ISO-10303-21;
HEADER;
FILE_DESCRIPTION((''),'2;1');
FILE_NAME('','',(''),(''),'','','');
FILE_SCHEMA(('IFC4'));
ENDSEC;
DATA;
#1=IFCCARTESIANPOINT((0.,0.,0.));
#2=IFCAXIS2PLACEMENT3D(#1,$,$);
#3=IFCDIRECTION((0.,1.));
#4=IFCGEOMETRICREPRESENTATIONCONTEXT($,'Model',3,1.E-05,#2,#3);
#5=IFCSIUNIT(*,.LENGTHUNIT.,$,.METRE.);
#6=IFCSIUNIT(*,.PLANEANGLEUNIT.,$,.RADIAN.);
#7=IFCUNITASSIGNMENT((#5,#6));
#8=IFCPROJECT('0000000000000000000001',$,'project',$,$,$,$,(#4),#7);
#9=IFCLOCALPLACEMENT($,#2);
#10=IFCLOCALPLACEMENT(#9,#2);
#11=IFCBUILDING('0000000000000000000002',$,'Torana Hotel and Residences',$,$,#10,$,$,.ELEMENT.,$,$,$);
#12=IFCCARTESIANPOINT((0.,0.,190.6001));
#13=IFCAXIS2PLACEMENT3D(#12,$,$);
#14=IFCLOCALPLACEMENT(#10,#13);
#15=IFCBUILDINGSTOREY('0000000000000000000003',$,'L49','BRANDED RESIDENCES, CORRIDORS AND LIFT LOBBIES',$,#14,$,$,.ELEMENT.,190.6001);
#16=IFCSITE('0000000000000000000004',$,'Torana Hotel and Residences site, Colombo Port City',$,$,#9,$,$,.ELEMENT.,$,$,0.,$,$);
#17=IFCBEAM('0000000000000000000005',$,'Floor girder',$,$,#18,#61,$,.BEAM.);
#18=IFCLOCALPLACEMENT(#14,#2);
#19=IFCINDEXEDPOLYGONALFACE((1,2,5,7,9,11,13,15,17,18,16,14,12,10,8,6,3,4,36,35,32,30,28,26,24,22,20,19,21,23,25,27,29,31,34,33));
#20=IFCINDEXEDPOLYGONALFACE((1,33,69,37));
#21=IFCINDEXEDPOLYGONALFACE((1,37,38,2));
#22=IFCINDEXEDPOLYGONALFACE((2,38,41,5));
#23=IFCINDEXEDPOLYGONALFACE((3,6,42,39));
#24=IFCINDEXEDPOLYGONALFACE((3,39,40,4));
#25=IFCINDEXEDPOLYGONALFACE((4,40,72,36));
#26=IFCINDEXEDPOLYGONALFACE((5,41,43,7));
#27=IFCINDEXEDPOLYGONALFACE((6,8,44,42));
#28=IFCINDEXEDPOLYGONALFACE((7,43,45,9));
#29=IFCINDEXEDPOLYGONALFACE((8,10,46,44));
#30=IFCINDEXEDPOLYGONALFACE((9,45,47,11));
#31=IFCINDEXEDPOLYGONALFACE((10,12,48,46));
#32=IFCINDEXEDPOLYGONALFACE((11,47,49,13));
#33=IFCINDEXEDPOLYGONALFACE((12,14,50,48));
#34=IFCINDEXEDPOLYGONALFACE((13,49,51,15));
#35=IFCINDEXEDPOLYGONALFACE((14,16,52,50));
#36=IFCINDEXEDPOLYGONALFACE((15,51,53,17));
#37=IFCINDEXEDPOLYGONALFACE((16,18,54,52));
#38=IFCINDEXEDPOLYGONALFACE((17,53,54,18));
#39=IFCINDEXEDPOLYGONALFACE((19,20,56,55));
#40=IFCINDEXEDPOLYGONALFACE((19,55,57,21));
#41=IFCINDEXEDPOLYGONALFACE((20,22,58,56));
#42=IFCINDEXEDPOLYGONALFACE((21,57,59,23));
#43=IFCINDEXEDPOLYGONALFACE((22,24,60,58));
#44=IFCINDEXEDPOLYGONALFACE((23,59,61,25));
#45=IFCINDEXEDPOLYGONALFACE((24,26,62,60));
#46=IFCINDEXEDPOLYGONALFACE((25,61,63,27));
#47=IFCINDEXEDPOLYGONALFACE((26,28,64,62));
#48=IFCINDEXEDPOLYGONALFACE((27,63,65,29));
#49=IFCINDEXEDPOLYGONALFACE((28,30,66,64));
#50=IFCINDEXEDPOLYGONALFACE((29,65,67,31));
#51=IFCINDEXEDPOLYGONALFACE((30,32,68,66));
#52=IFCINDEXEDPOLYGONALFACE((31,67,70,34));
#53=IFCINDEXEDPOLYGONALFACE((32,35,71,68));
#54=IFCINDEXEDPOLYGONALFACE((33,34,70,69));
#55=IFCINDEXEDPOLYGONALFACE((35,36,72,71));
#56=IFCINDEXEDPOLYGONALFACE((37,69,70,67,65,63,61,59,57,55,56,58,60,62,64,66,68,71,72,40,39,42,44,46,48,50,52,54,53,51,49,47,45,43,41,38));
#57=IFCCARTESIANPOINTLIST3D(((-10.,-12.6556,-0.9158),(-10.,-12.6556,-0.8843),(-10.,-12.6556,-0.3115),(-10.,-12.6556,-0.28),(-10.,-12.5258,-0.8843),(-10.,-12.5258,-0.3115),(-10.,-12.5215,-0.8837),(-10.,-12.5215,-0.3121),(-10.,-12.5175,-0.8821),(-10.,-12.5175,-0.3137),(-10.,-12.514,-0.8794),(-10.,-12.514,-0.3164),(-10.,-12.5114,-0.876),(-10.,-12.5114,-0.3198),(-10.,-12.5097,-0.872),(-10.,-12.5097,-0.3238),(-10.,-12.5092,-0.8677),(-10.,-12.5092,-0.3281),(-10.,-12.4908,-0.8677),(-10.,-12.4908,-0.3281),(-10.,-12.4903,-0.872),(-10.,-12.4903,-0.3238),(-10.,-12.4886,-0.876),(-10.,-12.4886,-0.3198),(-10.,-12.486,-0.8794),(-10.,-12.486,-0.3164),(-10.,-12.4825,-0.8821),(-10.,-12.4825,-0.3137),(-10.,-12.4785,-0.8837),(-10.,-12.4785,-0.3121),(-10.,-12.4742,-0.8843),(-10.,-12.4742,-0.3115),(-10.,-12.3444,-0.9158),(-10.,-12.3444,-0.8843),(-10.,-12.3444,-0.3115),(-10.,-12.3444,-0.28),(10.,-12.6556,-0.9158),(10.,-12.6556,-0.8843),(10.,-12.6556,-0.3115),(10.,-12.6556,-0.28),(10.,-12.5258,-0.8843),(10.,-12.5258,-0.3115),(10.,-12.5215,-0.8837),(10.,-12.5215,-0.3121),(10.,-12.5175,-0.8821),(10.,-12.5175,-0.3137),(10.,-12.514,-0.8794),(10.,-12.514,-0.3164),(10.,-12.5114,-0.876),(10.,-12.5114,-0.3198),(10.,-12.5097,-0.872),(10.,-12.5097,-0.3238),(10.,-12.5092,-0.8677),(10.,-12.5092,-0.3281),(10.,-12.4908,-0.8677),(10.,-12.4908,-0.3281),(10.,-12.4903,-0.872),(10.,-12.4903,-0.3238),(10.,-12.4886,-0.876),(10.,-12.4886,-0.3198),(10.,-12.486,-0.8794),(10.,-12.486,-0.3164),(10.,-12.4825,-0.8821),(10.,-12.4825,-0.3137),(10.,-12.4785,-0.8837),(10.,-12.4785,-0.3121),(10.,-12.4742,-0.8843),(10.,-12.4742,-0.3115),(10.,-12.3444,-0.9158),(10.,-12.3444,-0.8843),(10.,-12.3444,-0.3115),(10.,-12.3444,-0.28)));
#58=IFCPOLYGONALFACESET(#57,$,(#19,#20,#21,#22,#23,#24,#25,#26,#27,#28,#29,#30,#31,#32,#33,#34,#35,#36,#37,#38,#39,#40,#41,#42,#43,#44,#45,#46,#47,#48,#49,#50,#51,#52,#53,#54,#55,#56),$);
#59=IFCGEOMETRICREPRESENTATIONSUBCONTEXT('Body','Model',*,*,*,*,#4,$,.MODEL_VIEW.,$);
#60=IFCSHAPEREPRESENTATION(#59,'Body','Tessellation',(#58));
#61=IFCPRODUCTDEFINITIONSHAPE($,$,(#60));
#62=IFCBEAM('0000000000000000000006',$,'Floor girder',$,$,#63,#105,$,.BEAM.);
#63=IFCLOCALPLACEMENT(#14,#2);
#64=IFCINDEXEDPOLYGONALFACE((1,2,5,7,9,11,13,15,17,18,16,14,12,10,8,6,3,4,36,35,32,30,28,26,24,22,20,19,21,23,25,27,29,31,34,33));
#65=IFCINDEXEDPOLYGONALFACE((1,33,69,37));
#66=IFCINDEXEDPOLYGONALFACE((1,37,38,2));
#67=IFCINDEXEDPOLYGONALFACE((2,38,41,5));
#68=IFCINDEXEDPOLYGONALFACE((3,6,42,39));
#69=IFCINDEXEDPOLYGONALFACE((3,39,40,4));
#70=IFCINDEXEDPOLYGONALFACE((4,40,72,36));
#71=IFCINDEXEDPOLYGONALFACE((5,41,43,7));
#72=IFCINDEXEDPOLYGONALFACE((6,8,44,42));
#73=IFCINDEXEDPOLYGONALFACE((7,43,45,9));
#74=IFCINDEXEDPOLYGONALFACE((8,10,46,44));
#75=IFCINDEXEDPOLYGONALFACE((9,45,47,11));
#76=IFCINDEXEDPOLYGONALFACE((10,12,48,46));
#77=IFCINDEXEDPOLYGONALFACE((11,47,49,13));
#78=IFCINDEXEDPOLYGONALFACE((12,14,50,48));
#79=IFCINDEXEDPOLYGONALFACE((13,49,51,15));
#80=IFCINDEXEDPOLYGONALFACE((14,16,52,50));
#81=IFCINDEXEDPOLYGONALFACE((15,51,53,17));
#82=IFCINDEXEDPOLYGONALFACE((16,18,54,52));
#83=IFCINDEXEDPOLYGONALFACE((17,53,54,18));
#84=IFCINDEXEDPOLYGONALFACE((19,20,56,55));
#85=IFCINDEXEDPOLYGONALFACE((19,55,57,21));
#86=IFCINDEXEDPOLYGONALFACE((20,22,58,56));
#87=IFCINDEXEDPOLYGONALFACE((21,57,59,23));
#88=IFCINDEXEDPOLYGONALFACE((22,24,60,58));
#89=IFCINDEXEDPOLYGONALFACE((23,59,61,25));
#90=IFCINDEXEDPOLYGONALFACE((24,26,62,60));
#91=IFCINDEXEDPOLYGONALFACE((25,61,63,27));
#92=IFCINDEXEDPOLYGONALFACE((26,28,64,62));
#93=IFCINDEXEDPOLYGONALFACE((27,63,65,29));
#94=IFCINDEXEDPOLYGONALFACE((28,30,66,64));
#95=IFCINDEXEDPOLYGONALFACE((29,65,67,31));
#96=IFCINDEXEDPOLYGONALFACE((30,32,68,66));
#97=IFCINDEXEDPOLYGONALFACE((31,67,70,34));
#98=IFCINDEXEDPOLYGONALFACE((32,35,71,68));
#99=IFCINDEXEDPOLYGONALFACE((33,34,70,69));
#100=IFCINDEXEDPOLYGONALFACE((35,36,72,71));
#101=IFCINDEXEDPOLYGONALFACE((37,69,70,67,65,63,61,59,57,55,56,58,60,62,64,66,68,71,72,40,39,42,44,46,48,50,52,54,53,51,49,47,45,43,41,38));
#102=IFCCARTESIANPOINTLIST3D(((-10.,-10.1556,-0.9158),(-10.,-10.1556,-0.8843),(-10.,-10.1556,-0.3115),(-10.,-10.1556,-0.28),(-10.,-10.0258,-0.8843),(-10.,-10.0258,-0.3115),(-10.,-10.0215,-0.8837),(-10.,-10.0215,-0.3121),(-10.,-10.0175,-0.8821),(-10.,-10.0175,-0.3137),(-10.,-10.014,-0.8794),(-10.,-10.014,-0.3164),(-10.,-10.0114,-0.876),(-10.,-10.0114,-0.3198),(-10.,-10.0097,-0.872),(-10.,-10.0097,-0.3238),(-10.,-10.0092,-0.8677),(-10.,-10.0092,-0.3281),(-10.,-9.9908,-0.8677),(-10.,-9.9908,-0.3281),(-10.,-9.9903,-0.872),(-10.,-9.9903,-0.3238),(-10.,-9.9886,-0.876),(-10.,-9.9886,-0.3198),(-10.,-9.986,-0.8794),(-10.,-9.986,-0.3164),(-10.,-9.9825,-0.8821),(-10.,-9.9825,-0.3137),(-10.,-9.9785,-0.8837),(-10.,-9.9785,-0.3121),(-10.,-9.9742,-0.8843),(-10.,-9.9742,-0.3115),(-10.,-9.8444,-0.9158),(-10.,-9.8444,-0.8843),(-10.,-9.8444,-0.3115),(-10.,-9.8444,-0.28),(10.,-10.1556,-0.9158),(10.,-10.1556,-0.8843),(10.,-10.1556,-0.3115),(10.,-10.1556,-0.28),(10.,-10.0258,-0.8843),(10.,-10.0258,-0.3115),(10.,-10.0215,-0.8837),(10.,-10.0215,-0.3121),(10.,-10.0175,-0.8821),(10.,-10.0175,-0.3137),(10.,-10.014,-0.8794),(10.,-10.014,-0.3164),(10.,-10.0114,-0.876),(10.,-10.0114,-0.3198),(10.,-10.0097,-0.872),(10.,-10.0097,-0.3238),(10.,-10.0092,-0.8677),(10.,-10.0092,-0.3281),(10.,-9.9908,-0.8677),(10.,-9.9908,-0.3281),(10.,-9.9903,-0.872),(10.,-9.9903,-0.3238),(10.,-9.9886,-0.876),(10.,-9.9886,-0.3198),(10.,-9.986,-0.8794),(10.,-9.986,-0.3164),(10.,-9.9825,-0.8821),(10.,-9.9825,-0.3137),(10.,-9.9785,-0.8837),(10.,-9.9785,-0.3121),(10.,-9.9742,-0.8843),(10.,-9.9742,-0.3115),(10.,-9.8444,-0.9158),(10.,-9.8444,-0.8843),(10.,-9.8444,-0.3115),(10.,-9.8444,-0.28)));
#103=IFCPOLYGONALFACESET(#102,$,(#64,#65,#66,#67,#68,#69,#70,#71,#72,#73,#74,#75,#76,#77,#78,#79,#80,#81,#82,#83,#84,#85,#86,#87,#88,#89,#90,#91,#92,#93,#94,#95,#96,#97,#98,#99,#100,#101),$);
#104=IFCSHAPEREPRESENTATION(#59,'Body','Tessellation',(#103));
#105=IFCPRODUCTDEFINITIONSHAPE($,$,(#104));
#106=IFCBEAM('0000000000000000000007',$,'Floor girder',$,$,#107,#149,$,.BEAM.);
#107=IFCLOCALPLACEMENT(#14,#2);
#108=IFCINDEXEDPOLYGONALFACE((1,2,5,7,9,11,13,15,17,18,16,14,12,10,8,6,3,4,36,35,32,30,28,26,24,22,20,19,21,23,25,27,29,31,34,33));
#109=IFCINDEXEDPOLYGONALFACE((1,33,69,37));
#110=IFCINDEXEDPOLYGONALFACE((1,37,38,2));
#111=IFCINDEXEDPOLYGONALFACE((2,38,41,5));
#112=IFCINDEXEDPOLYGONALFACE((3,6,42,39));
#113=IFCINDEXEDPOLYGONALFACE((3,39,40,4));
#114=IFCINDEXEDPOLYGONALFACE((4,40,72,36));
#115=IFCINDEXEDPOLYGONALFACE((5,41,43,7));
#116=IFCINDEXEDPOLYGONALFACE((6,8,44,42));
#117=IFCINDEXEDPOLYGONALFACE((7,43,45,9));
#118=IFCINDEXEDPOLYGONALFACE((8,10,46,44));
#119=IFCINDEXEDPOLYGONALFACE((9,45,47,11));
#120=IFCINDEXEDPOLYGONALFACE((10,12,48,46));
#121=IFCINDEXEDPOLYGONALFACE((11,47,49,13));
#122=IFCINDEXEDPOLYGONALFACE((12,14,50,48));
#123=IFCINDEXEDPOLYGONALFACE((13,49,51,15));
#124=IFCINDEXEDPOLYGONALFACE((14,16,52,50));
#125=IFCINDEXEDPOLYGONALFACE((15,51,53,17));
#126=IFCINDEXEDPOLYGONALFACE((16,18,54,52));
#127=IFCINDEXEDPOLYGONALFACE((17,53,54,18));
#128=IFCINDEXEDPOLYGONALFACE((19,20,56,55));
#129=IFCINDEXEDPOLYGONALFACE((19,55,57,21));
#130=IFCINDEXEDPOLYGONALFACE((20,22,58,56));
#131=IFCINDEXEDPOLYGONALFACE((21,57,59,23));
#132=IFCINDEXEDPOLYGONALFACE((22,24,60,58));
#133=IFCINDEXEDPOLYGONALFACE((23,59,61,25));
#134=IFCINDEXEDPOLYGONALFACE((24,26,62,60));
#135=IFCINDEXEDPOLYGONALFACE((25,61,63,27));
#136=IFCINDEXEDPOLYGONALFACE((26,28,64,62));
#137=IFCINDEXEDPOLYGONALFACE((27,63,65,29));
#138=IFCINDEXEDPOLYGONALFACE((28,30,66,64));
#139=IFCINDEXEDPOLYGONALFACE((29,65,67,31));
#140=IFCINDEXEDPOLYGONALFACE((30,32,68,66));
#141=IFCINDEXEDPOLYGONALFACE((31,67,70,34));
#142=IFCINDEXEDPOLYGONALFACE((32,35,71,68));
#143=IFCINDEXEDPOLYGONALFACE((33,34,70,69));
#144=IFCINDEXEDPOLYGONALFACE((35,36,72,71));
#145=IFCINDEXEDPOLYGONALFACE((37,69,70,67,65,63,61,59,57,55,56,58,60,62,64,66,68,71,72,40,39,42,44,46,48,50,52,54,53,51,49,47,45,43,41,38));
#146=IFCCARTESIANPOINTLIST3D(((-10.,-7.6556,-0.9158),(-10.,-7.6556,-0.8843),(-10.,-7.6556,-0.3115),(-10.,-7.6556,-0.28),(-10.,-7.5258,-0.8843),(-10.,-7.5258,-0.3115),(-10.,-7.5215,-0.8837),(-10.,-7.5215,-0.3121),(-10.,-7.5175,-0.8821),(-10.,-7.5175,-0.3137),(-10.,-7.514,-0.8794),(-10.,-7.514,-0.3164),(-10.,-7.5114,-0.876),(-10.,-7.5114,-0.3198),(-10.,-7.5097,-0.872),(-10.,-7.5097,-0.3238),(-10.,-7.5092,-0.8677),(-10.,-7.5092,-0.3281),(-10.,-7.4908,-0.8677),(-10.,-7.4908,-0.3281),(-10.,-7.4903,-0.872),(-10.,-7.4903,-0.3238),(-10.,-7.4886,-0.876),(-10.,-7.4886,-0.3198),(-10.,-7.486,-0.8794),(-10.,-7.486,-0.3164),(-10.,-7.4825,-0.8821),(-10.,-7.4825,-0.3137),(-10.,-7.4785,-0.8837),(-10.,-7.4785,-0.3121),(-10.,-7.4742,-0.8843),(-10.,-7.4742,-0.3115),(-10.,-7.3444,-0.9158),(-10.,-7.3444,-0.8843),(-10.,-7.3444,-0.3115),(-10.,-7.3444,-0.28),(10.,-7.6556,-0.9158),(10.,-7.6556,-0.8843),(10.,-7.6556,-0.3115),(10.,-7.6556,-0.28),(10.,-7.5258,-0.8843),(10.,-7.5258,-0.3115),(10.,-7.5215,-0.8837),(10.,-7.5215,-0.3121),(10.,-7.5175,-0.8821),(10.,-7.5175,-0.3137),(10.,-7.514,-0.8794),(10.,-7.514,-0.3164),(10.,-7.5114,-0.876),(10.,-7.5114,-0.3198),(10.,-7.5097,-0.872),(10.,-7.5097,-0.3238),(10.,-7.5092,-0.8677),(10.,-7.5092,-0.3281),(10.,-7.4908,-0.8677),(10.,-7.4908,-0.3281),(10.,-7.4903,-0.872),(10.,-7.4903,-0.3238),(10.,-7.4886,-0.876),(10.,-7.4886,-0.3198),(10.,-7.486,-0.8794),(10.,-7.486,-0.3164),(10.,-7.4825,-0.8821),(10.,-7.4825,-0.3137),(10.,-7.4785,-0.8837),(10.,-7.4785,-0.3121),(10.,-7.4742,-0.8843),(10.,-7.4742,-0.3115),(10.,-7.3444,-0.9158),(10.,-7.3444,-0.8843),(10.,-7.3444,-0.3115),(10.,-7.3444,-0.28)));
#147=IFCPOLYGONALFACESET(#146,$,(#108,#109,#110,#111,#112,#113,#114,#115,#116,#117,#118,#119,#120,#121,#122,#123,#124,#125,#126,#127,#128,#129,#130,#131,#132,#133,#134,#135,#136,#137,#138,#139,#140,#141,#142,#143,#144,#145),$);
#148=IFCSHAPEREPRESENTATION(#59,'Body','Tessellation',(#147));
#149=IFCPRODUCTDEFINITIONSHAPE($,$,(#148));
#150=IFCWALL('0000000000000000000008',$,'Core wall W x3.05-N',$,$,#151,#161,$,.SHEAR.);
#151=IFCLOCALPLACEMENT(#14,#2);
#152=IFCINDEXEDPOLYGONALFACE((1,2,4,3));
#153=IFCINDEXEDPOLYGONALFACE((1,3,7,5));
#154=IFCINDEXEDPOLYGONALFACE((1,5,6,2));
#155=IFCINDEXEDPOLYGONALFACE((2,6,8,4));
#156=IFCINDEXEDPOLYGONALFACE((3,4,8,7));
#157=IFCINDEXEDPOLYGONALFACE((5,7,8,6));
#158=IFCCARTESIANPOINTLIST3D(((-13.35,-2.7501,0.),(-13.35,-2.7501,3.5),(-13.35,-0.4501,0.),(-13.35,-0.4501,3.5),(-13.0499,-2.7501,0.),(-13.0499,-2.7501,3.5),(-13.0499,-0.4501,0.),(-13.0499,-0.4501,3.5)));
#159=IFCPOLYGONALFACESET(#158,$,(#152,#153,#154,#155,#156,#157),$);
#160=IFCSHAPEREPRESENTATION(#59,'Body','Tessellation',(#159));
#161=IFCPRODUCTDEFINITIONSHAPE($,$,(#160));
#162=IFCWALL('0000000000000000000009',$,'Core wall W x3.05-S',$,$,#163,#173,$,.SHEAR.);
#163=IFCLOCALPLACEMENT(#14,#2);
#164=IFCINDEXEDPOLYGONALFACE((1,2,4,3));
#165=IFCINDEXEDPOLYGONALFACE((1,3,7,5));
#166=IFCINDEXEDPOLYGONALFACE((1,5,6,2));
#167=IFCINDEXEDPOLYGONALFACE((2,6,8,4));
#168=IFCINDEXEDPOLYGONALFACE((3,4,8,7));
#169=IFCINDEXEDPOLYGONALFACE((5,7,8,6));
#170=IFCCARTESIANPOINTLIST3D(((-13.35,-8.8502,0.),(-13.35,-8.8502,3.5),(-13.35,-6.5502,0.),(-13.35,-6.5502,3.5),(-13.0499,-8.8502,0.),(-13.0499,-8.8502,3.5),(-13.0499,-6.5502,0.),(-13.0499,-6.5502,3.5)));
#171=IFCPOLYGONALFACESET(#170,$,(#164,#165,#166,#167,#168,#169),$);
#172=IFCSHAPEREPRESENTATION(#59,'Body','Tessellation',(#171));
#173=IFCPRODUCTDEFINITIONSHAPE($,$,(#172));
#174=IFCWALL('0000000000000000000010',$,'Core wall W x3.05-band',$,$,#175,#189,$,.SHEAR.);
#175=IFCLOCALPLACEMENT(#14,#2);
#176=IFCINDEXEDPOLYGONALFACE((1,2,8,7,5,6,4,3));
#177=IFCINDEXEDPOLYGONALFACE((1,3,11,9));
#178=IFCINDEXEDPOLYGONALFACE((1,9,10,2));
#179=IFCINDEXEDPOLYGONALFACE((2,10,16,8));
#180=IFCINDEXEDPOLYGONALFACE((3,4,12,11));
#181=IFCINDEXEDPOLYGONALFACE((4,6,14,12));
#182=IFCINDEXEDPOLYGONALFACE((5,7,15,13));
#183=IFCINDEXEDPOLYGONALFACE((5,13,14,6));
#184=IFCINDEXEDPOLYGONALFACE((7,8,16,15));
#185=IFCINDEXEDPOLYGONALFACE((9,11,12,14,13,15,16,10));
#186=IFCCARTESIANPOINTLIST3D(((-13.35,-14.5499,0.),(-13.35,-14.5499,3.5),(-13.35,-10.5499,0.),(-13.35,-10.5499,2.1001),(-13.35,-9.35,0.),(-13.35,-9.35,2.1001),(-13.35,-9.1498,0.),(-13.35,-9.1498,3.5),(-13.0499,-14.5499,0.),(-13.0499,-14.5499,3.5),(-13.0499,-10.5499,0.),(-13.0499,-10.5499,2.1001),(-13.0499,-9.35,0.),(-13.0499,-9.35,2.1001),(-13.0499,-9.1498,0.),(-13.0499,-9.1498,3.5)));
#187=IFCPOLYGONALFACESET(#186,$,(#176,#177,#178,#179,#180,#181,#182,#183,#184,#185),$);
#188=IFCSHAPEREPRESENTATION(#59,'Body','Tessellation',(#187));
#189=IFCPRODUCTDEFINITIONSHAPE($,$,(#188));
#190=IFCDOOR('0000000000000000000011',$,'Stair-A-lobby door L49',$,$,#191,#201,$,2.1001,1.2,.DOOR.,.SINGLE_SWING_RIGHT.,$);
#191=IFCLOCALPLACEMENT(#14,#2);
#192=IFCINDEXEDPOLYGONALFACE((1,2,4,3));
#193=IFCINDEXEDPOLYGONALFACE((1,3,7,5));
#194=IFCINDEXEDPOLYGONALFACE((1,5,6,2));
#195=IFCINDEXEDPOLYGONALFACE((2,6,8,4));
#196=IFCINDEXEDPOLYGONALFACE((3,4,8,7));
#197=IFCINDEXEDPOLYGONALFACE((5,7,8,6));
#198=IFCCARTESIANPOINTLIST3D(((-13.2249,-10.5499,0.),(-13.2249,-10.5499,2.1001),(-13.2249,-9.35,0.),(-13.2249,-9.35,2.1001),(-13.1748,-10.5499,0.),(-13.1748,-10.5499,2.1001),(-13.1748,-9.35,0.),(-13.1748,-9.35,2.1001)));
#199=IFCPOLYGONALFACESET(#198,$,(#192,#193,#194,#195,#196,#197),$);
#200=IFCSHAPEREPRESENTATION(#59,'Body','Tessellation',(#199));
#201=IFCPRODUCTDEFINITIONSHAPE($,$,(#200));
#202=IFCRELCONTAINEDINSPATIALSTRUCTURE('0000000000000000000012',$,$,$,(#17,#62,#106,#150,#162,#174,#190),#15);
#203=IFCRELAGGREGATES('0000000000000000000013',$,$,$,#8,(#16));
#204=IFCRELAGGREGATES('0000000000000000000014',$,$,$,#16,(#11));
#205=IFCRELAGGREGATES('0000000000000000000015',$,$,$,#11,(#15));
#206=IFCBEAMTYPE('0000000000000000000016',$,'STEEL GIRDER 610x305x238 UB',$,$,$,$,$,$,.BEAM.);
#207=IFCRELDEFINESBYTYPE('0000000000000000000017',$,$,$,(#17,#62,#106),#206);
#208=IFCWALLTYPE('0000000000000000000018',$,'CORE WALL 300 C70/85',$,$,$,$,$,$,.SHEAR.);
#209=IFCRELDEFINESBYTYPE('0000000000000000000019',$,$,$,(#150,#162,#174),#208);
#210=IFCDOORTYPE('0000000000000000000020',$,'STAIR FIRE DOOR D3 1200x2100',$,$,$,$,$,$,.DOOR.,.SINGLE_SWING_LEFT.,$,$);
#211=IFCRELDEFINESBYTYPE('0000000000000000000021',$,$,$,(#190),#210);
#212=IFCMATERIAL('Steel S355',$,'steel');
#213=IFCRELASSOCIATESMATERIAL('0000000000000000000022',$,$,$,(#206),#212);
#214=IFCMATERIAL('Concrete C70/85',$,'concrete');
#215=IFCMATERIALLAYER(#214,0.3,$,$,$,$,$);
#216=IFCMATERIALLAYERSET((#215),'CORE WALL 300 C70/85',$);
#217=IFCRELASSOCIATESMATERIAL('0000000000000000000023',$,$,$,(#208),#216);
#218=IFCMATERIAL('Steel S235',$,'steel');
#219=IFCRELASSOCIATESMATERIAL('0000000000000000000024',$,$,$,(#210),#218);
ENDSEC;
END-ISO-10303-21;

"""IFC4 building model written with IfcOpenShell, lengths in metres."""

from ifc_helpers import new_model, si_unit, direction, frame, frame_2d, origin, origin_2d, place, context, subcontext, project, spatial, rectangle, i_section, extrude, material, layer, layer_set, material_profile, profile_set, type_object, element, fill, save


model = new_model("IFC4")

# Units and contexts
model_context = context("Model", 3, precision=1e-05, world=origin(), true_north=direction((0.0, 1.0)))
body_context = subcontext(model_context, "Body", "Model", "MODEL_VIEW")
ifc_project = project(units=[si_unit("LENGTHUNIT", "METRE"), si_unit("PLANEANGLEUNIT", "RADIAN")], contexts=[model_context])

# Site, building, storey
site_placement = place(None, origin())
site = spatial("IfcSite", under=ifc_project, at=site_placement, Name="Torana Hotel and Residences site, Colombo Port City", CompositionType="ELEMENT", RefElevation=0.0)
building_placement = place(site_placement, origin())
building = spatial("IfcBuilding", under=site, at=building_placement, Name="Torana Hotel and Residences", CompositionType="ELEMENT")
storey_placement = place(building_placement, frame((0.0, 0.0, 190.6001)))
storey = spatial("IfcBuildingStorey", under=building, at=storey_placement, Name="L49", Description="BRANDED RESIDENCES, CORRIDORS AND LIFT LOBBIES", CompositionType="ELEMENT", Elevation=190.6001)

# Beams
ifc_material_1 = material(Name="Steel S355", Category="steel")
ifc_material_profile = material_profile(ifc_material_1, i_section(OverallWidth=0.3113, OverallDepth=0.6357, WebThickness=0.0183, FlangeThickness=0.0315, FilletRadius=0.0166, at=origin_2d()), Name="610x305x238 UB")
ifc_profile_set = profile_set([ifc_material_profile], Name="Steel S355")
beam_type = type_object("IfcBeamType", Name="STEEL GIRDER 610x305x238 UB", PredefinedType="BEAM", material=ifc_profile_set)
for number, where, z_axis, x_axis, name in (
    (1, (-10.0, -12.5, -0.5979), (1.0, 0.0, 0.0), (0.0, 1.0, 0.0), "Floor girder"),
    (2, (-10.0, -10.0, -0.5979), (1.0, 0.0, 0.0), (0.0, 1.0, 0.0), "Floor girder"),
    (3, (-10.0, -7.5, -0.5979), (1.0, 0.0, 0.0), (0.0, 1.0, 0.0), "Floor girder"),
):
    element("IfcBeam", number, at=place(storey_placement, frame(where, z_axis=z_axis, x_axis=x_axis)), inside=storey, type_object=beam_type, Name=name, PredefinedType="BEAM", context=body_context, shape_type="SweptSolid", body=[
        extrude(i_section(OverallWidth=0.3113, OverallDepth=0.6357, WebThickness=0.0183, FlangeThickness=0.0315, FilletRadius=0.0166, at=origin_2d()), origin(), (0.0, 0.0, 1.0), 20.0),
    ])

# Walls
ifc_material_2 = material(Name="Concrete C70/85", Category="concrete")
ifc_layer_1 = layer(ifc_material_2, 0.3)
ifc_layer_set_1 = layer_set([ifc_layer_1], Name="CORE WALL 300 C70/85")
wall_type_1 = type_object("IfcWallType", Name="CORE WALL 300 C70/85", PredefinedType="SHEAR", material=ifc_layer_set_1)
for number, where, z_axis, x_axis, name in (
    (4, (-13.2, -2.75, 0.0), (0.0, 0.0, 1.0), (0.0, 1.0, 0.0), "Core wall W x3.05-N"),
    (5, (-13.2, -8.8501, 0.0), (0.0, 0.0, 1.0), (0.0, 1.0, 0.0), "Core wall W x3.05-S"),
):
    element("IfcWall", number, at=place(storey_placement, frame(where, z_axis=z_axis, x_axis=x_axis)), inside=storey, type_object=wall_type_1, Name=name, PredefinedType="SHEAR", context=body_context, shape_type="SweptSolid", body=[
        extrude(rectangle(XDim=2.3, YDim=0.3, at=frame_2d((1.1499, 0.0))), origin(), (0.0, 0.0, 1.0), 3.5),
    ])

# Wall, opening, door
wall_1_placement = place(storey_placement, frame((-13.2, -14.55, 0.0), z_axis=(0.0, 0.0, 1.0), x_axis=(0.0, 1.0, 0.0)))
wall_1 = element("IfcWall", 6, at=wall_1_placement, inside=storey, type_object=wall_type_1, Name="Core wall W x3.05-band", PredefinedType="SHEAR", context=body_context, shape_type="SweptSolid", body=[
    extrude(rectangle(XDim=5.4001, YDim=0.3, at=frame_2d((2.7002, 0.0))), origin(), (0.0, 0.0, 1.0), 3.5),
])
opening_1_placement = place(wall_1_placement, frame((4.0, 0.0, 0.0)))
opening_1 = element("IfcOpeningElement", 7, at=opening_1_placement, cuts=wall_1, PredefinedType="OPENING", context=body_context, shape_type="SweptSolid", body=[
    extrude(rectangle(XDim=1.2, YDim=2.1001, at=frame_2d((0.6001, 1.05))), frame((0.0, 0.1599, 0.0), z_axis=(0.0, -1.0, 0.0), x_axis=(1.0, 0.0, 0.0)), (0.0, 0.0, 1.0), 0.3201),
])
ifc_material_3 = material(Name="Steel S235", Category="steel")
door_type_1 = type_object("IfcDoorType", Name="STAIR FIRE DOOR D3 1200x2100", OperationType="SINGLE_SWING_LEFT", PredefinedType="DOOR", material=ifc_material_3)
door_1_placement = place(opening_1_placement, frame((0.6001, 0.0, 0.0), z_axis=(0.0, 0.0, 1.0), x_axis=(-1.0, 0.0, 0.0)))
door_1 = element("IfcDoor", 8, at=door_1_placement, inside=storey, type_object=door_type_1, Name="Stair-A-lobby door L49", OperationType="SINGLE_SWING_RIGHT", OverallHeight=2.1001, OverallWidth=1.2, PredefinedType="DOOR", context=body_context, shape_type="SweptSolid", body=[
    extrude(rectangle(XDim=1.2, YDim=2.1001, at=frame_2d((0.0, 1.05))), frame((0.0, -0.0249, 0.0), z_axis=(0.0, 1.0, 0.0), x_axis=(-1.0, 0.0, 0.0)), (0.0, 0.0, 1.0), 0.05),
])
fill(opening_1, door_1)

save(model, "model.ifc")
